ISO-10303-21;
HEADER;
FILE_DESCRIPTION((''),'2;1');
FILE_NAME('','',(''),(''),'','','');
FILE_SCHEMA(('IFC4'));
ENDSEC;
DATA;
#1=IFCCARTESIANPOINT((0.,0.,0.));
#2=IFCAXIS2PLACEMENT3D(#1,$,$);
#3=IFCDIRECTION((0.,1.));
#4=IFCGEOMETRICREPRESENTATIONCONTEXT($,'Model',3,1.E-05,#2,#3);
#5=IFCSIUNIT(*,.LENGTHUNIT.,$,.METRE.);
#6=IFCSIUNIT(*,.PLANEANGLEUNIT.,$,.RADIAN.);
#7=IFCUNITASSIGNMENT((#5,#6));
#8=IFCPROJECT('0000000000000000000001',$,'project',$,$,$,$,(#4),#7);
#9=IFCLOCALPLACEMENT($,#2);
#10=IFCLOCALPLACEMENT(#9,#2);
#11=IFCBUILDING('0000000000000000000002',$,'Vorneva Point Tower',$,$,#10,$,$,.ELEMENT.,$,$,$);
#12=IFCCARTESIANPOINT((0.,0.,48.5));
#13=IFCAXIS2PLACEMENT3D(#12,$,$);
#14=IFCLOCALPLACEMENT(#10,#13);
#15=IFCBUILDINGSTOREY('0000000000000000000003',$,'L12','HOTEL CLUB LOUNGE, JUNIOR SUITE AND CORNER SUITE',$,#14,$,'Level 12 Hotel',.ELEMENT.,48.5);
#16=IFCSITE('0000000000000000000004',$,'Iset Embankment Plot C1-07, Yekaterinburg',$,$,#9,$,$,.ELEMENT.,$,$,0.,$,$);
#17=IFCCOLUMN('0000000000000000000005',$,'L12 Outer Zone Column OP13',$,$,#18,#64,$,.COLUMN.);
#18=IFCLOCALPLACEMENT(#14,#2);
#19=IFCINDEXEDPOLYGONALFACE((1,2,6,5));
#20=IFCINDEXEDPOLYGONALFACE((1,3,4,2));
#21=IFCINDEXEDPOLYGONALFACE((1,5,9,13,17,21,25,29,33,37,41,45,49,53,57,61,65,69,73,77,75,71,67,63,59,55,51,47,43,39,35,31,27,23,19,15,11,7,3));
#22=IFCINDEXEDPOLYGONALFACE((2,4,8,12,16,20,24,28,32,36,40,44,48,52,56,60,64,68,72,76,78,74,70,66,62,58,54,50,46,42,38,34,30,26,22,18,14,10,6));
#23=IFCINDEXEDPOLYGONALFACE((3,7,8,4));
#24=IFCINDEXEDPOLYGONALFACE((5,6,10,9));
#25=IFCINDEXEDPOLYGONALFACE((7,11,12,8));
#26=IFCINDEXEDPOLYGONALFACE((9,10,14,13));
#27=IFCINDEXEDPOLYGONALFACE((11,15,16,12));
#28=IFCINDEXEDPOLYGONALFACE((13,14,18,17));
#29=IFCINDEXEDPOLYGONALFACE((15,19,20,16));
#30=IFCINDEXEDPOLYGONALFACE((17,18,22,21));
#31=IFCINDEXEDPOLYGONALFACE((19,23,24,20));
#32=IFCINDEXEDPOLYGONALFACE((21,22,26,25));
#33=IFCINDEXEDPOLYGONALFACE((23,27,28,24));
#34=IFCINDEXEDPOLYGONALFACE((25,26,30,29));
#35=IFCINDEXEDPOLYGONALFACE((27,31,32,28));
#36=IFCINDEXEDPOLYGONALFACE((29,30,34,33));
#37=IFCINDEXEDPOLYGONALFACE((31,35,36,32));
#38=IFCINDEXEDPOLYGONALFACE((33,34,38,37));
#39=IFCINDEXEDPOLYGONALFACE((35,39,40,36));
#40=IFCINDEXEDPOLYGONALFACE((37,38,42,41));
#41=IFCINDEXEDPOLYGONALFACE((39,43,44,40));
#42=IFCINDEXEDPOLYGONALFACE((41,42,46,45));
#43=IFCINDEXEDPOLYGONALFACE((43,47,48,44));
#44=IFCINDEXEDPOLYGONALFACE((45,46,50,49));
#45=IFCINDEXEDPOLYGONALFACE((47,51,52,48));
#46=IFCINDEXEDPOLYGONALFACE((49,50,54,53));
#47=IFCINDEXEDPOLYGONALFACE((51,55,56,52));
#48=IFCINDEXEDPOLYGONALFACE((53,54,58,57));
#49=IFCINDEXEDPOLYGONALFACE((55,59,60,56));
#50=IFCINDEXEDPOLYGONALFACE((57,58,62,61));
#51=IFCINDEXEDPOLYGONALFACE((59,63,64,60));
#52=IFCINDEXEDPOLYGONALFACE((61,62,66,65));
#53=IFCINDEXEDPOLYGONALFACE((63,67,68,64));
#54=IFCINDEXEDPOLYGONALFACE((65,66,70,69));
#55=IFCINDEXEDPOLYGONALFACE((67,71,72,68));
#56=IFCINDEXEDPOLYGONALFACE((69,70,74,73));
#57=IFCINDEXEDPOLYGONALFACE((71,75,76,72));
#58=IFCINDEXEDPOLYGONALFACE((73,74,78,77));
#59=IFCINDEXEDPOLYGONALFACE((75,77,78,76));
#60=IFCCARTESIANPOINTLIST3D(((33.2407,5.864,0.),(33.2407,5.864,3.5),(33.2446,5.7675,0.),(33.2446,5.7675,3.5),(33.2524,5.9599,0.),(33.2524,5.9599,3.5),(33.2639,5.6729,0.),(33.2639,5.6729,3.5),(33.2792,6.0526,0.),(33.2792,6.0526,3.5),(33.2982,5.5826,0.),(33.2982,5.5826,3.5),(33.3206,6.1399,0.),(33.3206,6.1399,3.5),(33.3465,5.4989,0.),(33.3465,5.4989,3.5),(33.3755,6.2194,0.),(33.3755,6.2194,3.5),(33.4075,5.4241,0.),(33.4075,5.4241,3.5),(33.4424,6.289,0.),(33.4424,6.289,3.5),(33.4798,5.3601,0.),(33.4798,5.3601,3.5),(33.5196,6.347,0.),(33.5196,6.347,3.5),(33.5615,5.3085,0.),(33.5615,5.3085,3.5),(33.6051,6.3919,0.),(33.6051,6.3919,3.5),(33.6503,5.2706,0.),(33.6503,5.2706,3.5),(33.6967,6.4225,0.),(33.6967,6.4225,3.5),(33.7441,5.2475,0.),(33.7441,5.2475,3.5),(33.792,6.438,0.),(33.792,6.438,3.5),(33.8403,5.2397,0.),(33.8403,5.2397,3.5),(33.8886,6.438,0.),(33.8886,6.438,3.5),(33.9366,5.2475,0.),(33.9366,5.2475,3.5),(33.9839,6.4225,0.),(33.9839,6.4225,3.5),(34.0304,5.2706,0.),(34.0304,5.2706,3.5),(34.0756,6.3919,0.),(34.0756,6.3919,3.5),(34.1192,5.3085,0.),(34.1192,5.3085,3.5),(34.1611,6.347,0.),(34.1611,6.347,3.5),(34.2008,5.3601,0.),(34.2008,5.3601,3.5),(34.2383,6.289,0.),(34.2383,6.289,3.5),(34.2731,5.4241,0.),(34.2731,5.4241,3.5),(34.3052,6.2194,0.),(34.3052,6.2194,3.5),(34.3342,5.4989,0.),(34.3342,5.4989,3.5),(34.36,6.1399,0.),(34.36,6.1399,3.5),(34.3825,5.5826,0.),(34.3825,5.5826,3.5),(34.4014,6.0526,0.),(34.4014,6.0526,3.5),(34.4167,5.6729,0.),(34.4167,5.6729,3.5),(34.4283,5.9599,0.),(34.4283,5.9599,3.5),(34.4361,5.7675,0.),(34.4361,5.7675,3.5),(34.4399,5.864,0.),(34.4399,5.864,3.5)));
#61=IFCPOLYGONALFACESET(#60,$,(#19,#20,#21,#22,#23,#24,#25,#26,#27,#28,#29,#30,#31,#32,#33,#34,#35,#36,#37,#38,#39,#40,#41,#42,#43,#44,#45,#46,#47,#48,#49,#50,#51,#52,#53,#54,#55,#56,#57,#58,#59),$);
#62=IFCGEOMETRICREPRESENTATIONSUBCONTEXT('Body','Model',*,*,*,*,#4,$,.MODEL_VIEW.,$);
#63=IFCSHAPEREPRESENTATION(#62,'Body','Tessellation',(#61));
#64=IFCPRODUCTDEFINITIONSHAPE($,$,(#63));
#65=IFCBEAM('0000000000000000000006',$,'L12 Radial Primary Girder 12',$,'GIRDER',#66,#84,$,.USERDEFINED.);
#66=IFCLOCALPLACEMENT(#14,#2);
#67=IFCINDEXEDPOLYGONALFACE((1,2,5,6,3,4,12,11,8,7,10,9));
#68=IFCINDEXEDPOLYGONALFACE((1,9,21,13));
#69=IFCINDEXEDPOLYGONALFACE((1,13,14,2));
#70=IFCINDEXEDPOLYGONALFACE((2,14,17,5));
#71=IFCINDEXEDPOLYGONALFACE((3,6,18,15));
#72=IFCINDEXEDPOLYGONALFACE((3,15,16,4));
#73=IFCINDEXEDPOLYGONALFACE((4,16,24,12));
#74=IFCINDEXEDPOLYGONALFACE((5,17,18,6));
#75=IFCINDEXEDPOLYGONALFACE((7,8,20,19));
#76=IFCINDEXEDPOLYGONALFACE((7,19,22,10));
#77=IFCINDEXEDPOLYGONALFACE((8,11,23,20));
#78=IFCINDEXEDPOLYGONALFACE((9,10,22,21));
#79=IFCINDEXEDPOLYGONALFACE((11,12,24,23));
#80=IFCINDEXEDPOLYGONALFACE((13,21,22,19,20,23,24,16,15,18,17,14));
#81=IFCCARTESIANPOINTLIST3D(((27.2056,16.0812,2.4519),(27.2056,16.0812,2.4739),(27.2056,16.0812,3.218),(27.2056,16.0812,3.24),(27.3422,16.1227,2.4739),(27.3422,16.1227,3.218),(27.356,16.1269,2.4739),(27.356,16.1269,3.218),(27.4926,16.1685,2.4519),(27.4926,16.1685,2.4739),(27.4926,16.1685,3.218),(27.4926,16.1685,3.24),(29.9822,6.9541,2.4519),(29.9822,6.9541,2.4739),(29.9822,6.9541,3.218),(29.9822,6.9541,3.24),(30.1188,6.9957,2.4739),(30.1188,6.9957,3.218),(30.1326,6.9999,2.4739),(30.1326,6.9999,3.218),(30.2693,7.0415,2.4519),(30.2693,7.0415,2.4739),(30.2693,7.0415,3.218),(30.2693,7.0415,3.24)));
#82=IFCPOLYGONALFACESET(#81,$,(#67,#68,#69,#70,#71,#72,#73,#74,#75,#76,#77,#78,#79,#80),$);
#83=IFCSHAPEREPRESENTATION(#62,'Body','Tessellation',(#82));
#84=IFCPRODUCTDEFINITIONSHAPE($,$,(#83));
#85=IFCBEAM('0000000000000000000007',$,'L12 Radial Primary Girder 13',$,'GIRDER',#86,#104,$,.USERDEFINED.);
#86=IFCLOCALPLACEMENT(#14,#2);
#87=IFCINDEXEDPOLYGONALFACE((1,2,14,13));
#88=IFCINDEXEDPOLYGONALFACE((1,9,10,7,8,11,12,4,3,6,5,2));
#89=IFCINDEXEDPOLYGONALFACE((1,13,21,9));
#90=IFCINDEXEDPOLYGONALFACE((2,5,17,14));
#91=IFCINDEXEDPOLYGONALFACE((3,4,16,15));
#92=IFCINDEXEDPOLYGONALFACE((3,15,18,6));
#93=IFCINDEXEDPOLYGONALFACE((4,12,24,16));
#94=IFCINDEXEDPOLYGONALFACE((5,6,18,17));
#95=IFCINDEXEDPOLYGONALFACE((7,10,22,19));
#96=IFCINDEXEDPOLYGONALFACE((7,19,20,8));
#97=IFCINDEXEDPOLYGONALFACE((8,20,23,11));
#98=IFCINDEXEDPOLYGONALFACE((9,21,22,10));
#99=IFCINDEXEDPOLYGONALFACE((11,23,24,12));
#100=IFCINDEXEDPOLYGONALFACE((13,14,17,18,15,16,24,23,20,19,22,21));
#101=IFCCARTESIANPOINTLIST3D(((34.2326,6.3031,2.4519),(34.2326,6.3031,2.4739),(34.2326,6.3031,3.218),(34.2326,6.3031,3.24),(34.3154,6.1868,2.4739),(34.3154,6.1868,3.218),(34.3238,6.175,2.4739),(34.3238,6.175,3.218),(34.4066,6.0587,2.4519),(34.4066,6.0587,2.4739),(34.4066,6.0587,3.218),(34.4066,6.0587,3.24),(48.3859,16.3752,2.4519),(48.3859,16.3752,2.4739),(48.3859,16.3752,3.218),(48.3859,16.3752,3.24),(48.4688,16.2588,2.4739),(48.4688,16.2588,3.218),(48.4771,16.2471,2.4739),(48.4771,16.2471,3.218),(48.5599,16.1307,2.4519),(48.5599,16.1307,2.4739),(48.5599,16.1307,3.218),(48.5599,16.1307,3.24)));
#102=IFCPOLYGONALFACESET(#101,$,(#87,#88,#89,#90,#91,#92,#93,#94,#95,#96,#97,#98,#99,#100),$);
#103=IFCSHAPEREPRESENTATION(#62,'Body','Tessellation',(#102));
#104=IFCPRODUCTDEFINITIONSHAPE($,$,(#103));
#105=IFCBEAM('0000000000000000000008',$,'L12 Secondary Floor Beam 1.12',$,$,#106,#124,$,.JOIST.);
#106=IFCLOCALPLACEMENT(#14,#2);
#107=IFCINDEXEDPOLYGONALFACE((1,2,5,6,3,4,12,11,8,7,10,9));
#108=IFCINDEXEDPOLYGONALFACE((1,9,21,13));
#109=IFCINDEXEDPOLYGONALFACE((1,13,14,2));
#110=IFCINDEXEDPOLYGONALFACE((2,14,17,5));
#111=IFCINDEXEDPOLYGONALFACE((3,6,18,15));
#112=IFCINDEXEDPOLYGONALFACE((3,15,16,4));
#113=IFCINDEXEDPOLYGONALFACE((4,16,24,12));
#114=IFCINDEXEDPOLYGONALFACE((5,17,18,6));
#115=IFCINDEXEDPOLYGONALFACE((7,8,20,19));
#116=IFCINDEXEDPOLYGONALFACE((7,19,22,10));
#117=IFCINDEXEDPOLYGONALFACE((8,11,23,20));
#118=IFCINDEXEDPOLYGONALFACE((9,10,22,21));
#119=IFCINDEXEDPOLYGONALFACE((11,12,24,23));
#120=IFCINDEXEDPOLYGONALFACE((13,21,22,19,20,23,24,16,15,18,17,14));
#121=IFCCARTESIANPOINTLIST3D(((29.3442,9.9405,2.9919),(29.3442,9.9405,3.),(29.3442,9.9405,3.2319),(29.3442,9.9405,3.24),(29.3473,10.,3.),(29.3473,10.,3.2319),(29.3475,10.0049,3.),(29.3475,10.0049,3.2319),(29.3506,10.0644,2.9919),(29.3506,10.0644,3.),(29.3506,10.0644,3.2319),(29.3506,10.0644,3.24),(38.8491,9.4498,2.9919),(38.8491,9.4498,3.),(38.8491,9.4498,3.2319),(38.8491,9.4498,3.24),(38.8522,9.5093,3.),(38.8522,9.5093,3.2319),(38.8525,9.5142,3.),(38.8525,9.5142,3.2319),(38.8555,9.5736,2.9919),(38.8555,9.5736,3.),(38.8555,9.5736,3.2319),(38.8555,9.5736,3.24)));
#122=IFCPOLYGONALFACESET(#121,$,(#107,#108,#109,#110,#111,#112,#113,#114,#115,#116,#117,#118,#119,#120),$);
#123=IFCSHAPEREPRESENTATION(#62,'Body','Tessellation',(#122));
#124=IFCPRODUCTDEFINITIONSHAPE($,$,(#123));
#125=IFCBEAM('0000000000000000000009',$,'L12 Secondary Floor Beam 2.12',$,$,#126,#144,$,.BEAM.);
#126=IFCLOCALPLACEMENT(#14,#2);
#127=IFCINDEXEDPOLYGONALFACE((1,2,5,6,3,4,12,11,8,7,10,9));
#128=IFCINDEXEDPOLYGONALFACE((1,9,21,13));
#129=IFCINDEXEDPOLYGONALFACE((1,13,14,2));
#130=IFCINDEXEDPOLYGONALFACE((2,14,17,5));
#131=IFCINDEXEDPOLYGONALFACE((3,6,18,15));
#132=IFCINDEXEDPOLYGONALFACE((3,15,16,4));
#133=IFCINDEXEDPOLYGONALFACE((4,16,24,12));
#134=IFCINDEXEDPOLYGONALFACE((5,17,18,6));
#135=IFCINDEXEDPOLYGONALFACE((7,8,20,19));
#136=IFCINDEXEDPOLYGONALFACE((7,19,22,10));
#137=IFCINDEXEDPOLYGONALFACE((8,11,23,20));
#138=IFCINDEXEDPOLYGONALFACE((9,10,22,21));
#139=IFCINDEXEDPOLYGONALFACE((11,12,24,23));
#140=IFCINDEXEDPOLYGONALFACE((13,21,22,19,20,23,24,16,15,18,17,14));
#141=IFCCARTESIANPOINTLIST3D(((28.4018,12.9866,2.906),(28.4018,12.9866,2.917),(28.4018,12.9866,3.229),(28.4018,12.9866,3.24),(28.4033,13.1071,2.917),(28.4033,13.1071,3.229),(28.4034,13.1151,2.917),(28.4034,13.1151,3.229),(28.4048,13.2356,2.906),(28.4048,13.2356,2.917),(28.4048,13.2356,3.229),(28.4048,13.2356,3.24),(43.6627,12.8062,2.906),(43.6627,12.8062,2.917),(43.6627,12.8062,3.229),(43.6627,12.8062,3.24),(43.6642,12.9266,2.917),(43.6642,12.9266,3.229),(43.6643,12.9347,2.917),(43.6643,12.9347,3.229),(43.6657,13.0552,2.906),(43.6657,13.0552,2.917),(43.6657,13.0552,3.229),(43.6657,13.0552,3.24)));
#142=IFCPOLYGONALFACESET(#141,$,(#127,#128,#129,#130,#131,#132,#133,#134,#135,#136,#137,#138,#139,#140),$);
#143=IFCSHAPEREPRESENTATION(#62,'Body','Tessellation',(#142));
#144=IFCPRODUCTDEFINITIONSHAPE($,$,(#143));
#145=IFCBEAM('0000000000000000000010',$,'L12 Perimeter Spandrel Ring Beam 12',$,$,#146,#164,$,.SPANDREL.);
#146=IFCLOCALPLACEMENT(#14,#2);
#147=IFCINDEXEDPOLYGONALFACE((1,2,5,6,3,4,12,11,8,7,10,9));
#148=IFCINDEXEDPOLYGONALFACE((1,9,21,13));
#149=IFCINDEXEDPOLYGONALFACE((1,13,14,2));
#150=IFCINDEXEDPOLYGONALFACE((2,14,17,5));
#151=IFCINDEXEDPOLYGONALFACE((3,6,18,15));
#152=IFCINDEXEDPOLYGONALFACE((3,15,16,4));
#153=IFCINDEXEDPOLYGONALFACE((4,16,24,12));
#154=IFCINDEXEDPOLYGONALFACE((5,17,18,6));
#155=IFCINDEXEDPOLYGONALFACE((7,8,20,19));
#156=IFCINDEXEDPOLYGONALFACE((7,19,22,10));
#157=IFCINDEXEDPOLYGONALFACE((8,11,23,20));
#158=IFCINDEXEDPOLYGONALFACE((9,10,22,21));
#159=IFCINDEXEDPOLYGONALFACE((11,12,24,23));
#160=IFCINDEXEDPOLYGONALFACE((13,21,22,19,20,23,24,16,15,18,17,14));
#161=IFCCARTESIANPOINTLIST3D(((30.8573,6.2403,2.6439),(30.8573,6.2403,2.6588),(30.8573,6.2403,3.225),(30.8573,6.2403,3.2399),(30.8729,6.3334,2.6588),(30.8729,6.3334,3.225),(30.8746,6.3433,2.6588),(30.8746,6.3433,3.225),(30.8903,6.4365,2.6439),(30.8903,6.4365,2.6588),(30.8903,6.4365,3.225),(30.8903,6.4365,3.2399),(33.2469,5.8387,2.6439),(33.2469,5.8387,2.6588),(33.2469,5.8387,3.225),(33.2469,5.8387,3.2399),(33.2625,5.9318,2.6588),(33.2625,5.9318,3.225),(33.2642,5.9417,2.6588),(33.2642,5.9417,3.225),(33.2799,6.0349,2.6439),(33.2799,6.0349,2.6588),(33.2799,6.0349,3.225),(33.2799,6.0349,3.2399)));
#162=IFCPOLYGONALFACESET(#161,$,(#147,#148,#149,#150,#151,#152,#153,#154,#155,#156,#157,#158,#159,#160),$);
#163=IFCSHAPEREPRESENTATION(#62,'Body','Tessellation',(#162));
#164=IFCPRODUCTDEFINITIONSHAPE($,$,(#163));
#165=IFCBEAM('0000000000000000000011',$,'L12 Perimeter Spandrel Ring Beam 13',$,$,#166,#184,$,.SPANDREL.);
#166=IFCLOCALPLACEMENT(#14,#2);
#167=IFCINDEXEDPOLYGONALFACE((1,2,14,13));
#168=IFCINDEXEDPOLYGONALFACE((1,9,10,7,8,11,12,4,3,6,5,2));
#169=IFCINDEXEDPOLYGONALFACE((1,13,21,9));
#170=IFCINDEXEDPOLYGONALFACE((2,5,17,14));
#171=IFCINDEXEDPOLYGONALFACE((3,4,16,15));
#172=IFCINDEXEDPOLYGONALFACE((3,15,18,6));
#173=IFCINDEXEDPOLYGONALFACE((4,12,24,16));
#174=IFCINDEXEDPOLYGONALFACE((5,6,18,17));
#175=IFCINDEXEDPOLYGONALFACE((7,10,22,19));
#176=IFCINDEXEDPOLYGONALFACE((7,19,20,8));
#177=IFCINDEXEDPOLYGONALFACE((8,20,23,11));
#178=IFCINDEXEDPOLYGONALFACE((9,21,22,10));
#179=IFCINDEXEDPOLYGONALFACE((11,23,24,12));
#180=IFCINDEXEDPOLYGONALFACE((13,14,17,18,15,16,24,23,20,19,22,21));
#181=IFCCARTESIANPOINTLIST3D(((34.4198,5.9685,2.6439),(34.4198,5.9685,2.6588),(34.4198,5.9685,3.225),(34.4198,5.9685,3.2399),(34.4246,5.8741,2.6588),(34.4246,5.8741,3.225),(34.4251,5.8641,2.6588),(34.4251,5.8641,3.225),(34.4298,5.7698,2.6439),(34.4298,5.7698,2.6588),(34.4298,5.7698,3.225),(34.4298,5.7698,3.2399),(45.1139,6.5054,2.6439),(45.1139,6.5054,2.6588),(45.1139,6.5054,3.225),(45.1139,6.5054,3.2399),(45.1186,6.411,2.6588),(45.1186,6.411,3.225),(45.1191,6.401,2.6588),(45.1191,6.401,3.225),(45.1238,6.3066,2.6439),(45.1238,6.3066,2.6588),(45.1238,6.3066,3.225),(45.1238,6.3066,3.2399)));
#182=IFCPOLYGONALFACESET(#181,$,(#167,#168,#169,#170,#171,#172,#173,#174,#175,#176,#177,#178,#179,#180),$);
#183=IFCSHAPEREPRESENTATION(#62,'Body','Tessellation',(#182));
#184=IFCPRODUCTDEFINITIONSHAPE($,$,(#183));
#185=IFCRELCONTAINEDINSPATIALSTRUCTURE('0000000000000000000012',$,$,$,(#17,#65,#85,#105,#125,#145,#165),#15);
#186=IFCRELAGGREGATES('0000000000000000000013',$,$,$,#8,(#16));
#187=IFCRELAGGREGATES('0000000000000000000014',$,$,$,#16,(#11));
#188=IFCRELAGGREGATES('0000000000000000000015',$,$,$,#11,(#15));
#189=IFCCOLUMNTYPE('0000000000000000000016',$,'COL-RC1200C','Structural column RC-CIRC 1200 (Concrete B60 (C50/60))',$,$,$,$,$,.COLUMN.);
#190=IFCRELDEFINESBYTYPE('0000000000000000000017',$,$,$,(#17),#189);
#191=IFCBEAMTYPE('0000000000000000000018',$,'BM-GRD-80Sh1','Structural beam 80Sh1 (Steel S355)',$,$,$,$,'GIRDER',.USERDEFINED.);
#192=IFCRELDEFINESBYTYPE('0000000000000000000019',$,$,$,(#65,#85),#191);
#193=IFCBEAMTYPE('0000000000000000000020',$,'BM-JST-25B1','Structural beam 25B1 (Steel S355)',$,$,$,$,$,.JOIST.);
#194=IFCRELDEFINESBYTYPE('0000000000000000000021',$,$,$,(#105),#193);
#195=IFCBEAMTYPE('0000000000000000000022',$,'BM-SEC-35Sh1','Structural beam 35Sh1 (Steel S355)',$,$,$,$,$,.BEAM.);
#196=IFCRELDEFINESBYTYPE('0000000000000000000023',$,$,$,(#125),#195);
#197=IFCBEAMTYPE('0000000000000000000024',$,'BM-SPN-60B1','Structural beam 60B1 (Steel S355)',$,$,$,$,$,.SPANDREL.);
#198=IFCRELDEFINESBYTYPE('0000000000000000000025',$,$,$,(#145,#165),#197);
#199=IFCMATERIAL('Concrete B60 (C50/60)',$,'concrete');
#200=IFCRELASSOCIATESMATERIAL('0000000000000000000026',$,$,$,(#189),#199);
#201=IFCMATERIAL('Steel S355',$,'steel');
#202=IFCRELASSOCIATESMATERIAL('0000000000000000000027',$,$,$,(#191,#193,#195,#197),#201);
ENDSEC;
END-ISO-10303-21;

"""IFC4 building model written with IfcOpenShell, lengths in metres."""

from ifc_helpers import new_model, si_unit, direction, frame, origin, origin_2d, place, context, subcontext, project, spatial, circle, i_section, extrude, material, material_profile, profile_set, type_object, element, save


model = new_model("IFC4")

# Units and contexts
model_context = context("Model", 3, precision=1e-05, world=origin(), true_north=direction((0.0, 1.0)))
body_context = subcontext(model_context, "Body", "Model", "MODEL_VIEW")
ifc_project = project(units=[si_unit("LENGTHUNIT", "METRE"), si_unit("PLANEANGLEUNIT", "RADIAN")], contexts=[model_context])

# Site, building, storey
site_placement = place(None, origin())
site = spatial("IfcSite", under=ifc_project, at=site_placement, Name="Iset Embankment Plot C1-07, Yekaterinburg", CompositionType="ELEMENT", RefElevation=0.0)
building_placement = place(site_placement, origin())
building = spatial("IfcBuilding", under=site, at=building_placement, Name="Vorneva Point Tower", CompositionType="ELEMENT")
storey_placement = place(building_placement, frame((0.0, 0.0, 48.5)))
storey = spatial("IfcBuildingStorey", under=building, at=storey_placement, Name="L12", Description="HOTEL CLUB LOUNGE, JUNIOR SUITE AND CORNER SUITE", LongName="Level 12 Hotel", CompositionType="ELEMENT", Elevation=48.5)

# Column
ifc_material_1 = material(Name="Concrete B60 (C50/60)", Category="concrete")
ifc_material_profile_1 = material_profile(ifc_material_1, circle(Radius=0.6001, at=origin_2d()), Name="RC-CIRC 1200")
ifc_profile_set_1 = profile_set([ifc_material_profile_1], Name="Concrete B60 (C50/60)")
column_type = type_object("IfcColumnType", Name="COL-RC1200C", Description="Structural column RC-CIRC 1200 (Concrete B60 (C50/60))", PredefinedType="COLUMN", material=ifc_profile_set_1)
for number, where, z_axis, x_axis, name in (
    (1, (33.8403, 5.8398, 0.0), (0.0, 0.0, 1.0), (0.0, -1.0, 0.0), "L12 Outer Zone Column OP13"),
):
    element("IfcColumn", number, at=place(storey_placement, frame(where, z_axis=z_axis, x_axis=x_axis)), inside=storey, type_object=column_type, Name=name, PredefinedType="COLUMN", context=body_context, shape_type="SweptSolid", body=[
        extrude(circle(Radius=0.6001, at=origin_2d()), origin(), (0.0, 0.0, 1.0), 3.5),
    ])

# Beams
ifc_material_2 = material(Name="Steel S355", Category="steel")
ifc_material_profile_2 = material_profile(ifc_material_2, i_section(OverallWidth=0.3, OverallDepth=0.7881, WebThickness=0.0144, FlangeThickness=0.022, at=origin_2d()), Name="80Sh1")
ifc_profile_set_2 = profile_set([ifc_material_profile_2], Name="Steel S355")
beam_type_1 = type_object("IfcBeamType", Name="BM-GRD-80Sh1", Description="Structural beam 80Sh1 (Steel S355)", ElementType="GIRDER", PredefinedType="USERDEFINED", material=ifc_profile_set_2)
beam_1_placement = place(storey_placement, frame((30.1257, 6.9978, 2.8459), z_axis=(-0.291051, 0.956708, 0.0), x_axis=(-0.956708, -0.291051, 0.0)))
element("IfcBeam", 2, at=beam_1_placement, inside=storey, type_object=beam_type_1, Name="L12 Radial Primary Girder 12", ObjectType="GIRDER", PredefinedType="USERDEFINED", context=body_context, shape_type="SweptSolid", body=[
    extrude(i_section(OverallWidth=0.3, OverallDepth=0.7881, WebThickness=0.0144, FlangeThickness=0.022, at=origin_2d()), origin(), (0.0, 0.0, 1.0), 9.54),
])
beam_2_placement = place(storey_placement, frame((34.3196, 6.1809, 2.8459), z_axis=(0.814753, 0.579808, 0.0), x_axis=(-0.579808, 0.814753, 0.0)))
element("IfcBeam", 3, at=beam_2_placement, inside=storey, type_object=beam_type_1, Name="L12 Radial Primary Girder 13", ObjectType="GIRDER", PredefinedType="USERDEFINED", context=body_context, shape_type="SweptSolid", body=[
    extrude(i_section(OverallWidth=0.3, OverallDepth=0.7881, WebThickness=0.0144, FlangeThickness=0.022, at=origin_2d()), origin(), (0.0, 0.0, 1.0), 17.3713),
])
ifc_material_profile_3 = material_profile(ifc_material_2, i_section(OverallWidth=0.124, OverallDepth=0.248, WebThickness=0.0049, FlangeThickness=0.0081, at=origin_2d()), Name="25B1")
ifc_profile_set_3 = profile_set([ifc_material_profile_3], Name="Steel S355")
beam_type_2 = type_object("IfcBeamType", Name="BM-JST-25B1", Description="Structural beam 25B1 (Steel S355)", PredefinedType="JOIST", material=ifc_profile_set_3)
beam_3_placement = place(storey_placement, frame((29.3474, 10.0024, 3.116), z_axis=(0.99867, -0.05156, 0.0), x_axis=(0.05156, 0.99867, 0.0)))
element("IfcBeam", 4, at=beam_3_placement, inside=storey, type_object=beam_type_2, Name="L12 Secondary Floor Beam 1.12", PredefinedType="JOIST", context=body_context, shape_type="SweptSolid", body=[
    extrude(i_section(OverallWidth=0.124, OverallDepth=0.248, WebThickness=0.0049, FlangeThickness=0.0081, at=origin_2d()), origin(), (0.0, 0.0, 1.0), 9.5176),
])
ifc_material_profile_4 = material_profile(ifc_material_2, i_section(OverallWidth=0.249, OverallDepth=0.334, WebThickness=0.0081, FlangeThickness=0.011, at=origin_2d()), Name="35Sh1")
ifc_profile_set_4 = profile_set([ifc_material_profile_4], Name="Steel S355")
beam_type_3 = type_object("IfcBeamType", Name="BM-SEC-35Sh1", Description="Structural beam 35Sh1 (Steel S355)", PredefinedType="BEAM", material=ifc_profile_set_4)
beam_4_placement = place(storey_placement, frame((28.4033, 13.1111, 3.073), z_axis=(0.99993, -0.011821, 0.0), x_axis=(0.011821, 0.99993, 0.0)))
element("IfcBeam", 5, at=beam_4_placement, inside=storey, type_object=beam_type_3, Name="L12 Secondary Floor Beam 2.12", PredefinedType="BEAM", context=body_context, shape_type="SweptSolid", body=[
    extrude(i_section(OverallWidth=0.249, OverallDepth=0.334, WebThickness=0.0081, FlangeThickness=0.011, at=origin_2d()), origin(), (0.0, 0.0, 1.0), 15.262),
])
ifc_material_profile_5 = material_profile(ifc_material_2, i_section(OverallWidth=0.199, OverallDepth=0.5959, WebThickness=0.01, FlangeThickness=0.0149, at=origin_2d()), Name="60B1")
ifc_profile_set_5 = profile_set([ifc_material_profile_5], Name="Steel S355")
beam_type_4 = type_object("IfcBeamType", Name="BM-SPN-60B1", Description="Structural beam 60B1 (Steel S355)", PredefinedType="SPANDREL", material=ifc_profile_set_5)
beam_5_placement = place(storey_placement, frame((30.8738, 6.3384, 2.9419), z_axis=(0.98617, -0.165739, 0.0), x_axis=(0.165739, 0.98617, 0.0)))
element("IfcBeam", 6, at=beam_5_placement, inside=storey, type_object=beam_type_4, Name="L12 Perimeter Spandrel Ring Beam 12", PredefinedType="SPANDREL", context=body_context, shape_type="SweptSolid", body=[
    extrude(i_section(OverallWidth=0.199, OverallDepth=0.5959, WebThickness=0.01, FlangeThickness=0.0149, at=origin_2d()), origin(), (0.0, 0.0, 1.0), 2.4231),
])
beam_6_placement = place(storey_placement, frame((34.4248, 5.8691, 2.9419), z_axis=(0.998742, 0.050139, 0.0), x_axis=(-0.050139, 0.998742, 0.0)))
element("IfcBeam", 7, at=beam_6_placement, inside=storey, type_object=beam_type_4, Name="L12 Perimeter Spandrel Ring Beam 13", PredefinedType="SPANDREL", context=body_context, shape_type="SweptSolid", body=[
    extrude(i_section(OverallWidth=0.199, OverallDepth=0.5959, WebThickness=0.01, FlangeThickness=0.0149, at=origin_2d()), origin(), (0.0, 0.0, 1.0), 10.7075),
])

save(model, "model.ifc")
